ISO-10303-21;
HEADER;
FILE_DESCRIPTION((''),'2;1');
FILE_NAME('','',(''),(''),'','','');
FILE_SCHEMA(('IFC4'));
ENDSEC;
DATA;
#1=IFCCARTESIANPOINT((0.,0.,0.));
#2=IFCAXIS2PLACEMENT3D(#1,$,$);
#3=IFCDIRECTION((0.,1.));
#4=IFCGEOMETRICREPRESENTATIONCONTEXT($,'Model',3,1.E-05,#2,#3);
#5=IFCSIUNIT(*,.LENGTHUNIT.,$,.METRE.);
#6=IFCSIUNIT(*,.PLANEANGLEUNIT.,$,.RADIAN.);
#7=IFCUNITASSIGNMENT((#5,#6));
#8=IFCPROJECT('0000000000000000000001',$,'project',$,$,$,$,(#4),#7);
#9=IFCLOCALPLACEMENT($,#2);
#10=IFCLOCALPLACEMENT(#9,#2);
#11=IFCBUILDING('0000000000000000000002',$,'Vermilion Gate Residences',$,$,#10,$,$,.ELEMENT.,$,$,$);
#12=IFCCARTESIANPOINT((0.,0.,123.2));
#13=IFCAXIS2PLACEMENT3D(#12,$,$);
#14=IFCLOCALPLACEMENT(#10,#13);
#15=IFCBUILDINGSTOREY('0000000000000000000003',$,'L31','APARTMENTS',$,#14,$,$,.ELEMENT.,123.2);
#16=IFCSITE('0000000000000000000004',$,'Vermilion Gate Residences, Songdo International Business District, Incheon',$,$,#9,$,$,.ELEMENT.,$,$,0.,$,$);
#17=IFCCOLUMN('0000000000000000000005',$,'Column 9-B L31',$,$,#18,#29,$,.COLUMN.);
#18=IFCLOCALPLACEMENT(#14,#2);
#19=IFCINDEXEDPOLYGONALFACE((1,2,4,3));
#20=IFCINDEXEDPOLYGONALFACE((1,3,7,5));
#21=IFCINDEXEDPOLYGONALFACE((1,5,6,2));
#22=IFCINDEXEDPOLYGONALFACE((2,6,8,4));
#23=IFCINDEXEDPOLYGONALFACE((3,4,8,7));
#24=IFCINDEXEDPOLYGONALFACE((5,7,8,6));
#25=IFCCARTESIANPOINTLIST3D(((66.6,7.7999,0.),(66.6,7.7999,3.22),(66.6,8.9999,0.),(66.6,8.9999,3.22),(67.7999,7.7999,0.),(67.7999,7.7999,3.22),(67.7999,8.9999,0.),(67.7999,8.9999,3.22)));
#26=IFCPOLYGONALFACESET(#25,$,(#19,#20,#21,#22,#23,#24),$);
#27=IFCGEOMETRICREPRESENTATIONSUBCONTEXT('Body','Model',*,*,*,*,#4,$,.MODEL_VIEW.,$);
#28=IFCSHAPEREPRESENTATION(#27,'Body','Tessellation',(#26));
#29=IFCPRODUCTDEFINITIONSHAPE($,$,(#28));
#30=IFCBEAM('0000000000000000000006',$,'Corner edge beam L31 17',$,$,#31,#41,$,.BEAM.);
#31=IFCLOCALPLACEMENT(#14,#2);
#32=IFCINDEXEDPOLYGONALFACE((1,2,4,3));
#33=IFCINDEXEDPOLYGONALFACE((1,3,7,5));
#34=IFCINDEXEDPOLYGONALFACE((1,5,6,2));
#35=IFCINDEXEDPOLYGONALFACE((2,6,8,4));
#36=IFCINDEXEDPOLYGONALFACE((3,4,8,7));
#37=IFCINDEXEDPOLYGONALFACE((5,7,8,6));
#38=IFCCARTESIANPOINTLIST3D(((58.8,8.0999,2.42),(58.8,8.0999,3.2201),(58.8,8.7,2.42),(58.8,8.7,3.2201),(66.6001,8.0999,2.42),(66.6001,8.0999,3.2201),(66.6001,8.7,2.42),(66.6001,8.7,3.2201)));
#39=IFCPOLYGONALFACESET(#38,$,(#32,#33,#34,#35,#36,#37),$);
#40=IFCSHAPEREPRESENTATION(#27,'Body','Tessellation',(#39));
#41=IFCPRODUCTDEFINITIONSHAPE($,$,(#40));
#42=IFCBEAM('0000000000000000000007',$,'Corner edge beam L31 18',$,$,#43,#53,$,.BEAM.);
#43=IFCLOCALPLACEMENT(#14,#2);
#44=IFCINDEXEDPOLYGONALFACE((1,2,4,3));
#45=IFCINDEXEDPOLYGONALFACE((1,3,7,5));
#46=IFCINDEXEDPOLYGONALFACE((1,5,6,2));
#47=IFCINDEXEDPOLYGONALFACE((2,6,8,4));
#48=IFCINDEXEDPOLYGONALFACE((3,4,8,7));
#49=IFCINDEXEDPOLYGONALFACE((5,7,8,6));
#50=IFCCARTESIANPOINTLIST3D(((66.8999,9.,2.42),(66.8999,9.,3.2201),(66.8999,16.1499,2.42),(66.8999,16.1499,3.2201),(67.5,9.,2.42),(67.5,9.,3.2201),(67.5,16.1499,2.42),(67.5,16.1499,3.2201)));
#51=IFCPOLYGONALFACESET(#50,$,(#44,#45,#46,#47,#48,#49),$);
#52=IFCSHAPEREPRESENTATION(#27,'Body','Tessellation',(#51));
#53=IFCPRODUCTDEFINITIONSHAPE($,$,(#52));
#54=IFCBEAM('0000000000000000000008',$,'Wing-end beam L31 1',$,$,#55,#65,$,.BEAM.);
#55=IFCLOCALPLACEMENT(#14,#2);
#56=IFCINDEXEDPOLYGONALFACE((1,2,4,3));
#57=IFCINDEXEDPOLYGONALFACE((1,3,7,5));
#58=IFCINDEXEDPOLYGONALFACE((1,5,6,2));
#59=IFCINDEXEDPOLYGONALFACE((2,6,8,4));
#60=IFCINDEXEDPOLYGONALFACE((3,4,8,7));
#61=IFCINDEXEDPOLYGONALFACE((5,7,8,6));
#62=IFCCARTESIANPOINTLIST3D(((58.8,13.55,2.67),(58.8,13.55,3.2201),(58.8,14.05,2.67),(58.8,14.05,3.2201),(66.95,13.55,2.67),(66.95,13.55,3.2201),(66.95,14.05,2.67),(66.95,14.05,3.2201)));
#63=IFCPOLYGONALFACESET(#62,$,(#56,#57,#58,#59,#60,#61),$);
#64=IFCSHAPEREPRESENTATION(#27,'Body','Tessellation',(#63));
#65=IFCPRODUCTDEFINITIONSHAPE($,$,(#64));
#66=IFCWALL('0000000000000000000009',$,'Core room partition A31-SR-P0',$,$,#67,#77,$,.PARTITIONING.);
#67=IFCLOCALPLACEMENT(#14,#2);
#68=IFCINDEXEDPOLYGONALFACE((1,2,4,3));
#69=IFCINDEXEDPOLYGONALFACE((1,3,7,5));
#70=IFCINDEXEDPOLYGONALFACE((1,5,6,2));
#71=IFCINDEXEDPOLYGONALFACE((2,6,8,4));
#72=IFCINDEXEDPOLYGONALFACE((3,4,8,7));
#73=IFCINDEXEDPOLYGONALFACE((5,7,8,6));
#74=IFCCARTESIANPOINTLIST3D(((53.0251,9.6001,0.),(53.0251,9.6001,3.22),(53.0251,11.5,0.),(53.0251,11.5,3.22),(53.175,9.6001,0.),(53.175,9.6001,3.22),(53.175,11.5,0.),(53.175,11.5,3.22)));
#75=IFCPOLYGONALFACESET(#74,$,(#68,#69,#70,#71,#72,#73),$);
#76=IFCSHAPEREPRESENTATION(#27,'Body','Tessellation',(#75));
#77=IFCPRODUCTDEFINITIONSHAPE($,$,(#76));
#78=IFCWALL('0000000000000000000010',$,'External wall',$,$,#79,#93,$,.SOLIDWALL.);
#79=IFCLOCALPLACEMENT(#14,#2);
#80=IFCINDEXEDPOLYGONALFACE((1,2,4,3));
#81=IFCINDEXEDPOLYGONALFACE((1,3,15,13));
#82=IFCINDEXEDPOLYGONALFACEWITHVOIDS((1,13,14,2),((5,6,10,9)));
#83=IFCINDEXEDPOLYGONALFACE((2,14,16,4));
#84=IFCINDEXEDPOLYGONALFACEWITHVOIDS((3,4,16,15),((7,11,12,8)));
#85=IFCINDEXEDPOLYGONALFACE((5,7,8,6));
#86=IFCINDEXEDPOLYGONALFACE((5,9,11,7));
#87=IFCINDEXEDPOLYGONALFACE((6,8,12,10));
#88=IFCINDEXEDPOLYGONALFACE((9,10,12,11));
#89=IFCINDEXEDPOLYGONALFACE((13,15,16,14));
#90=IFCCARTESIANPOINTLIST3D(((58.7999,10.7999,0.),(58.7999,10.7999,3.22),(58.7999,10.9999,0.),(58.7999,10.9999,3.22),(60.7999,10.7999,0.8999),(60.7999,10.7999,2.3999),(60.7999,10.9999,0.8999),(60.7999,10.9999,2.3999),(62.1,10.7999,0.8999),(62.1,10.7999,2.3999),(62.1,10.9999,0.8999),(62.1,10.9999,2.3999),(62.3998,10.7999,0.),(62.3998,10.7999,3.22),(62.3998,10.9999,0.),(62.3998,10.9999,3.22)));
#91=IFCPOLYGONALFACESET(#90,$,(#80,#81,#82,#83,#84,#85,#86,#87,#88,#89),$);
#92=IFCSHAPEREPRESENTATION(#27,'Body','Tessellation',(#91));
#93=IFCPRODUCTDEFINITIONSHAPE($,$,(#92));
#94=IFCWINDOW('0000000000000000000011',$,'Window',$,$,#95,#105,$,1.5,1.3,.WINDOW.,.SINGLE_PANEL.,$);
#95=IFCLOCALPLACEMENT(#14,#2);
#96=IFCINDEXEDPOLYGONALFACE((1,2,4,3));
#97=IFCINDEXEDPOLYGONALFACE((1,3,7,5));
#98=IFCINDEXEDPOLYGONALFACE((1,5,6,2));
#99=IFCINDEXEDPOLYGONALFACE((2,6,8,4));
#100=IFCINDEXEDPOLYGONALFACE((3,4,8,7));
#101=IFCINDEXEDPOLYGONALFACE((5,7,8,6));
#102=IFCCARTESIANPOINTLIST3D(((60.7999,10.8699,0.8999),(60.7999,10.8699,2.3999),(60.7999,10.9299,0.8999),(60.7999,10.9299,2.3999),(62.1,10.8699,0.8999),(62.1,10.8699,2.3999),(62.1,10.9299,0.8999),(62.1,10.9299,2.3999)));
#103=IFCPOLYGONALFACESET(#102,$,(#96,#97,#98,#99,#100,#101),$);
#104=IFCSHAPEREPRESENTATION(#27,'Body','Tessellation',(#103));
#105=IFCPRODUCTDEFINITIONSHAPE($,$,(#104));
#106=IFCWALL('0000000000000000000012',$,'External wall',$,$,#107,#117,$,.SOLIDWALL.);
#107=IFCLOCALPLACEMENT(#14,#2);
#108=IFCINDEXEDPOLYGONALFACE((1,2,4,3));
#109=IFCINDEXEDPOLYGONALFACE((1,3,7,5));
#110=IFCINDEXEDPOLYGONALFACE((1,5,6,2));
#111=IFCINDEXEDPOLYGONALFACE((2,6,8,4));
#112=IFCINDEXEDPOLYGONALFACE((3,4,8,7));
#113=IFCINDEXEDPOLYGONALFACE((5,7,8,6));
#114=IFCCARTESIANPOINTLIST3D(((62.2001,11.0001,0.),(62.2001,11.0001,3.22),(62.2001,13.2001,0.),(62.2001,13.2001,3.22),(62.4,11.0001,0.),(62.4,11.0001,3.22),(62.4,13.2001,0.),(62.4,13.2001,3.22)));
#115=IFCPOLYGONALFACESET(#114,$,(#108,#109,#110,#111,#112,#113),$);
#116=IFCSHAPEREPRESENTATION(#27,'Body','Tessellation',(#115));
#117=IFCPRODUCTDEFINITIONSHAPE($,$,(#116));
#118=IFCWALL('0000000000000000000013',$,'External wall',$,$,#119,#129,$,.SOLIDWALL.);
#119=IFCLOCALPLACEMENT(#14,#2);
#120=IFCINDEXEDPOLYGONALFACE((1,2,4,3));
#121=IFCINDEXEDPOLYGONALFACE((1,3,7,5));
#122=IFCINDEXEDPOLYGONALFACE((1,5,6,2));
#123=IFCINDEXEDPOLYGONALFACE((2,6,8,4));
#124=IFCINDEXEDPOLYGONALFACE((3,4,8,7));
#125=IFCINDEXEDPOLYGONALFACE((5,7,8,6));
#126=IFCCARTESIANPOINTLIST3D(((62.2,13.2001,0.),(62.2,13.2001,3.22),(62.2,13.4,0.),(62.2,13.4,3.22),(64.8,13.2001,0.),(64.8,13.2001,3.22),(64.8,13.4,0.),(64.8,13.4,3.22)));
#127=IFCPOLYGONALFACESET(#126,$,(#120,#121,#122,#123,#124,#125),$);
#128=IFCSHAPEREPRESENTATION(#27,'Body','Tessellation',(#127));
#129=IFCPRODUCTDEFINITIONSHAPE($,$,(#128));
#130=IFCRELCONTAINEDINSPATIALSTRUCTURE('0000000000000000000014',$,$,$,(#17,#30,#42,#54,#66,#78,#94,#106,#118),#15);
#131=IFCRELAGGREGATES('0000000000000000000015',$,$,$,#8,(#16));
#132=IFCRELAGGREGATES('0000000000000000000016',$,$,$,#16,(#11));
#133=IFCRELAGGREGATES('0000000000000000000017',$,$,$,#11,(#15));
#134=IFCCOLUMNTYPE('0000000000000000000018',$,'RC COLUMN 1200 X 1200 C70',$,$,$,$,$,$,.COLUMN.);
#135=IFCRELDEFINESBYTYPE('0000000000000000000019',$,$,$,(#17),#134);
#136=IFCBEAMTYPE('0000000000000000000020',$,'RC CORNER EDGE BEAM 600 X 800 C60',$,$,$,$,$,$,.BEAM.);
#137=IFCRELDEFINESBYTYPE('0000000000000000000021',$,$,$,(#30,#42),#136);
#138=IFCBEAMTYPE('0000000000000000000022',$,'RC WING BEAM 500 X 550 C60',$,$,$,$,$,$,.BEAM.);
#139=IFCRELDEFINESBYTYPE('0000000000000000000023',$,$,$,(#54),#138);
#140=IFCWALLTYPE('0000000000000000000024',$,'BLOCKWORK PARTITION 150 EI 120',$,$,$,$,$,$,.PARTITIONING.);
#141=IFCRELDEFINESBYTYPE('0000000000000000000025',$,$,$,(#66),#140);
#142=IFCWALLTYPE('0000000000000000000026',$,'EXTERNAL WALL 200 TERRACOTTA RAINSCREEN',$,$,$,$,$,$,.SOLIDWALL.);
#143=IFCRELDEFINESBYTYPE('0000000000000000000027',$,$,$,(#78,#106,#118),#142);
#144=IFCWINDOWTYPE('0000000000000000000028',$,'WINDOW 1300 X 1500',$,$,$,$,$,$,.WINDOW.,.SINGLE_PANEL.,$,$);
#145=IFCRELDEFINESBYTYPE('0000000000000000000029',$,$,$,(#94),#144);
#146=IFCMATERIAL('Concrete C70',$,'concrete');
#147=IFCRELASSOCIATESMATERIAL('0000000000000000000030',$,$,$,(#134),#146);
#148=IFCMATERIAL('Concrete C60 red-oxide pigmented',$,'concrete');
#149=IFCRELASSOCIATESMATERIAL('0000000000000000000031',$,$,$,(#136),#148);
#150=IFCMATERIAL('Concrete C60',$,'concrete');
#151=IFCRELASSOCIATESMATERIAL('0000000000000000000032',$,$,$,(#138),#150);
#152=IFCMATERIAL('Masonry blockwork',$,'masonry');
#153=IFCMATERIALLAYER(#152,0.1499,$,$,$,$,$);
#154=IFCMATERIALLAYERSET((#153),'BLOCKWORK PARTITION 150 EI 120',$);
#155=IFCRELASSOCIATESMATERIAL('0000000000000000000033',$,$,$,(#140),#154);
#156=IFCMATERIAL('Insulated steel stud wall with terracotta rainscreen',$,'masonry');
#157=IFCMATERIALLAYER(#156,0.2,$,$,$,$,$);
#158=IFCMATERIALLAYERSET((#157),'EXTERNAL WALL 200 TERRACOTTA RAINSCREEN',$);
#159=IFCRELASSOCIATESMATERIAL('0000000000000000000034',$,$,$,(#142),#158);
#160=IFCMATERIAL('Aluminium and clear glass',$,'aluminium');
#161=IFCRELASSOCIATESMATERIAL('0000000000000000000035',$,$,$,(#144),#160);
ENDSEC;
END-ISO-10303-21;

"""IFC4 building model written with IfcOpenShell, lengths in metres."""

from ifc_helpers import new_model, si_unit, direction, frame, frame_2d, origin, origin_2d, place, context, subcontext, project, spatial, rectangle, extrude, material, layer, layer_set, material_profile, profile_set, type_object, element, fill, save


model = new_model("IFC4")

# Units and contexts
model_context = context("Model", 3, precision=1e-05, world=origin(), true_north=direction((0.0, 1.0)))
body_context = subcontext(model_context, "Body", "Model", "MODEL_VIEW")
ifc_project = project(units=[si_unit("LENGTHUNIT", "METRE"), si_unit("PLANEANGLEUNIT", "RADIAN")], contexts=[model_context])

# Site, building, storey
site_placement = place(None, origin())
site = spatial("IfcSite", under=ifc_project, at=site_placement, Name="Vermilion Gate Residences, Songdo International Business District, Incheon", CompositionType="ELEMENT", RefElevation=0.0)
building_placement = place(site_placement, origin())
building = spatial("IfcBuilding", under=site, at=building_placement, Name="Vermilion Gate Residences", CompositionType="ELEMENT")
storey_placement = place(building_placement, frame((0.0, 0.0, 123.2)))
storey = spatial("IfcBuildingStorey", under=building, at=storey_placement, Name="L31", Description="APARTMENTS", CompositionType="ELEMENT", Elevation=123.2)

# Column
ifc_material_1 = material(Name="Concrete C70", Category="concrete")
ifc_material_profile_1 = material_profile(ifc_material_1, rectangle(XDim=1.2, YDim=1.2, at=origin_2d()), Name="RC-1200x1200")
ifc_profile_set_1 = profile_set([ifc_material_profile_1], Name="Concrete C70")
column_type = type_object("IfcColumnType", Name="RC COLUMN 1200 X 1200 C70", PredefinedType="COLUMN", material=ifc_profile_set_1)
column_placement = place(storey_placement, frame((67.2, 8.3999, 0.0), z_axis=(0.0, 0.0, 1.0), x_axis=(1.0, 0.0, 0.0)))
element("IfcColumn", 1, at=column_placement, inside=storey, type_object=column_type, Name="Column 9-B L31", PredefinedType="COLUMN", context=body_context, shape_type="SweptSolid", body=[
    extrude(rectangle(XDim=1.2, YDim=1.2, at=origin_2d()), origin(), (0.0, 0.0, 1.0), 3.22),
])

# Beams
ifc_material_2 = material(Name="Concrete C60 red-oxide pigmented", Category="concrete")
ifc_material_profile_2 = material_profile(ifc_material_2, rectangle(XDim=0.6001, YDim=0.8, at=origin_2d()), Name="RC-600x800")
ifc_profile_set_2 = profile_set([ifc_material_profile_2], Name="Concrete C60 red-oxide pigmented")
beam_type_1 = type_object("IfcBeamType", Name="RC CORNER EDGE BEAM 600 X 800 C60", PredefinedType="BEAM", material=ifc_profile_set_2)
beam_1_placement = place(storey_placement, frame((58.8, 8.3999, 2.8201), z_axis=(1.0, 0.0, 0.0), x_axis=(0.0, 1.0, 0.0)))
element("IfcBeam", 2, at=beam_1_placement, inside=storey, type_object=beam_type_1, Name="Corner edge beam L31 17", PredefinedType="BEAM", context=body_context, shape_type="SweptSolid", body=[
    extrude(rectangle(XDim=0.6001, YDim=0.8, at=origin_2d()), origin(), (0.0, 0.0, 1.0), 7.8),
])
beam_2_placement = place(storey_placement, frame((67.2, 9.0, 2.8201), z_axis=(0.0, 1.0, 0.0), x_axis=(-1.0, 0.0, 0.0)))
element("IfcBeam", 3, at=beam_2_placement, inside=storey, type_object=beam_type_1, Name="Corner edge beam L31 18", PredefinedType="BEAM", context=body_context, shape_type="SweptSolid", body=[
    extrude(rectangle(XDim=0.6001, YDim=0.8, at=origin_2d()), origin(), (0.0, 0.0, 1.0), 7.1499),
])
ifc_material_3 = material(Name="Concrete C60", Category="concrete")
ifc_material_profile_3 = material_profile(ifc_material_3, rectangle(XDim=0.5, YDim=0.55, at=origin_2d()), Name="RC-500x550")
ifc_profile_set_3 = profile_set([ifc_material_profile_3], Name="Concrete C60")
beam_type_2 = type_object("IfcBeamType", Name="RC WING BEAM 500 X 550 C60", PredefinedType="BEAM", material=ifc_profile_set_3)
beam_3_placement = place(storey_placement, frame((58.8, 13.8, 2.9451), z_axis=(1.0, 0.0, 0.0), x_axis=(0.0, 1.0, 0.0)))
element("IfcBeam", 4, at=beam_3_placement, inside=storey, type_object=beam_type_2, Name="Wing-end beam L31 1", PredefinedType="BEAM", context=body_context, shape_type="SweptSolid", body=[
    extrude(rectangle(XDim=0.5, YDim=0.55, at=origin_2d()), origin(), (0.0, 0.0, 1.0), 8.1499),
])

# Wall
ifc_material_4 = material(Name="Masonry blockwork", Category="masonry")
ifc_layer_1 = layer(ifc_material_4, 0.1499)
ifc_layer_set_1 = layer_set([ifc_layer_1], Name="BLOCKWORK PARTITION 150 EI 120")
wall_type_1 = type_object("IfcWallType", Name="BLOCKWORK PARTITION 150 EI 120", PredefinedType="PARTITIONING", material=ifc_layer_set_1)
wall_1_placement = place(storey_placement, frame((53.1001, 9.6001, 0.0), z_axis=(0.0, 0.0, 1.0), x_axis=(0.0, 1.0, 0.0)))
element("IfcWall", 5, at=wall_1_placement, inside=storey, type_object=wall_type_1, Name="Core room partition A31-SR-P0", PredefinedType="PARTITIONING", context=body_context, shape_type="SweptSolid", body=[
    extrude(rectangle(XDim=1.8999, YDim=0.1499, at=frame_2d((0.95, 0.0))), origin(), (0.0, 0.0, 1.0), 3.22),
])

# Wall, opening, window
ifc_material_5 = material(Name="Insulated steel stud wall with terracotta rainscreen", Category="masonry")
ifc_layer_2 = layer(ifc_material_5, 0.2)
ifc_layer_set_2 = layer_set([ifc_layer_2], Name="EXTERNAL WALL 200 TERRACOTTA RAINSCREEN")
wall_type_2 = type_object("IfcWallType", Name="EXTERNAL WALL 200 TERRACOTTA RAINSCREEN", PredefinedType="SOLIDWALL", material=ifc_layer_set_2)
wall_2_placement = place(storey_placement, frame((58.8, 10.8999, 0.0), z_axis=(0.0, 0.0, 1.0), x_axis=(1.0, 0.0, 0.0)))
wall_2 = element("IfcWall", 6, at=wall_2_placement, inside=storey, type_object=wall_type_2, Name="External wall", PredefinedType="SOLIDWALL", context=body_context, shape_type="SweptSolid", body=[
    extrude(rectangle(XDim=3.5999, YDim=0.2, at=frame_2d((1.7998, 0.0))), origin(), (0.0, 0.0, 1.0), 3.22),
])
opening_1_placement = place(wall_2_placement, frame((2.0, 0.0, 0.8999)))
opening_1 = element("IfcOpeningElement", 7, at=opening_1_placement, cuts=wall_2, PredefinedType="OPENING", context=body_context, shape_type="SweptSolid", body=[
    extrude(rectangle(XDim=1.3, YDim=1.5, at=frame_2d((0.6499, 0.75))), frame((0.0, 0.1099, 0.0), z_axis=(0.0, -1.0, 0.0), x_axis=(1.0, 0.0, 0.0)), (0.0, 0.0, 1.0), 0.22),
])
ifc_material_6 = material(Name="Aluminium and clear glass", Category="aluminium")
window_type_1 = type_object("IfcWindowType", Name="WINDOW 1300 X 1500", PartitioningType="SINGLE_PANEL", PredefinedType="WINDOW", material=ifc_material_6)
window_1_placement = place(opening_1_placement, origin())
window_1 = element("IfcWindow", 8, at=window_1_placement, inside=storey, type_object=window_type_1, Name="Window", OverallHeight=1.5, OverallWidth=1.3, PartitioningType="SINGLE_PANEL", PredefinedType="WINDOW", context=body_context, shape_type="SweptSolid", body=[
    extrude(rectangle(XDim=1.3, YDim=1.5, at=frame_2d((0.6499, 0.75))), frame((0.0, 0.03, 0.0), z_axis=(0.0, -1.0, 0.0), x_axis=(1.0, 0.0, 0.0)), (0.0, 0.0, 1.0), 0.0601),
])
fill(opening_1, window_1)

# Walls
wall_3_placement = place(storey_placement, frame((62.3, 11.0, 0.0), z_axis=(0.0, 0.0, 1.0), x_axis=(0.0, 1.0, 0.0)))
element("IfcWall", 9, at=wall_3_placement, inside=storey, type_object=wall_type_2, Name="External wall", PredefinedType="SOLIDWALL", context=body_context, shape_type="SweptSolid", body=[
    extrude(rectangle(XDim=2.2, YDim=0.2, at=frame_2d((1.1001, 0.0))), origin(), (0.0, 0.0, 1.0), 3.22),
])
wall_4_placement = place(storey_placement, frame((62.2, 13.3, 0.0), z_axis=(0.0, 0.0, 1.0), x_axis=(1.0, 0.0, 0.0)))
element("IfcWall", 10, at=wall_4_placement, inside=storey, type_object=wall_type_2, Name="External wall", PredefinedType="SOLIDWALL", context=body_context, shape_type="SweptSolid", body=[
    extrude(rectangle(XDim=2.6001, YDim=0.2, at=frame_2d((1.3, 0.0))), origin(), (0.0, 0.0, 1.0), 3.22),
])

save(model, "model.ifc")
